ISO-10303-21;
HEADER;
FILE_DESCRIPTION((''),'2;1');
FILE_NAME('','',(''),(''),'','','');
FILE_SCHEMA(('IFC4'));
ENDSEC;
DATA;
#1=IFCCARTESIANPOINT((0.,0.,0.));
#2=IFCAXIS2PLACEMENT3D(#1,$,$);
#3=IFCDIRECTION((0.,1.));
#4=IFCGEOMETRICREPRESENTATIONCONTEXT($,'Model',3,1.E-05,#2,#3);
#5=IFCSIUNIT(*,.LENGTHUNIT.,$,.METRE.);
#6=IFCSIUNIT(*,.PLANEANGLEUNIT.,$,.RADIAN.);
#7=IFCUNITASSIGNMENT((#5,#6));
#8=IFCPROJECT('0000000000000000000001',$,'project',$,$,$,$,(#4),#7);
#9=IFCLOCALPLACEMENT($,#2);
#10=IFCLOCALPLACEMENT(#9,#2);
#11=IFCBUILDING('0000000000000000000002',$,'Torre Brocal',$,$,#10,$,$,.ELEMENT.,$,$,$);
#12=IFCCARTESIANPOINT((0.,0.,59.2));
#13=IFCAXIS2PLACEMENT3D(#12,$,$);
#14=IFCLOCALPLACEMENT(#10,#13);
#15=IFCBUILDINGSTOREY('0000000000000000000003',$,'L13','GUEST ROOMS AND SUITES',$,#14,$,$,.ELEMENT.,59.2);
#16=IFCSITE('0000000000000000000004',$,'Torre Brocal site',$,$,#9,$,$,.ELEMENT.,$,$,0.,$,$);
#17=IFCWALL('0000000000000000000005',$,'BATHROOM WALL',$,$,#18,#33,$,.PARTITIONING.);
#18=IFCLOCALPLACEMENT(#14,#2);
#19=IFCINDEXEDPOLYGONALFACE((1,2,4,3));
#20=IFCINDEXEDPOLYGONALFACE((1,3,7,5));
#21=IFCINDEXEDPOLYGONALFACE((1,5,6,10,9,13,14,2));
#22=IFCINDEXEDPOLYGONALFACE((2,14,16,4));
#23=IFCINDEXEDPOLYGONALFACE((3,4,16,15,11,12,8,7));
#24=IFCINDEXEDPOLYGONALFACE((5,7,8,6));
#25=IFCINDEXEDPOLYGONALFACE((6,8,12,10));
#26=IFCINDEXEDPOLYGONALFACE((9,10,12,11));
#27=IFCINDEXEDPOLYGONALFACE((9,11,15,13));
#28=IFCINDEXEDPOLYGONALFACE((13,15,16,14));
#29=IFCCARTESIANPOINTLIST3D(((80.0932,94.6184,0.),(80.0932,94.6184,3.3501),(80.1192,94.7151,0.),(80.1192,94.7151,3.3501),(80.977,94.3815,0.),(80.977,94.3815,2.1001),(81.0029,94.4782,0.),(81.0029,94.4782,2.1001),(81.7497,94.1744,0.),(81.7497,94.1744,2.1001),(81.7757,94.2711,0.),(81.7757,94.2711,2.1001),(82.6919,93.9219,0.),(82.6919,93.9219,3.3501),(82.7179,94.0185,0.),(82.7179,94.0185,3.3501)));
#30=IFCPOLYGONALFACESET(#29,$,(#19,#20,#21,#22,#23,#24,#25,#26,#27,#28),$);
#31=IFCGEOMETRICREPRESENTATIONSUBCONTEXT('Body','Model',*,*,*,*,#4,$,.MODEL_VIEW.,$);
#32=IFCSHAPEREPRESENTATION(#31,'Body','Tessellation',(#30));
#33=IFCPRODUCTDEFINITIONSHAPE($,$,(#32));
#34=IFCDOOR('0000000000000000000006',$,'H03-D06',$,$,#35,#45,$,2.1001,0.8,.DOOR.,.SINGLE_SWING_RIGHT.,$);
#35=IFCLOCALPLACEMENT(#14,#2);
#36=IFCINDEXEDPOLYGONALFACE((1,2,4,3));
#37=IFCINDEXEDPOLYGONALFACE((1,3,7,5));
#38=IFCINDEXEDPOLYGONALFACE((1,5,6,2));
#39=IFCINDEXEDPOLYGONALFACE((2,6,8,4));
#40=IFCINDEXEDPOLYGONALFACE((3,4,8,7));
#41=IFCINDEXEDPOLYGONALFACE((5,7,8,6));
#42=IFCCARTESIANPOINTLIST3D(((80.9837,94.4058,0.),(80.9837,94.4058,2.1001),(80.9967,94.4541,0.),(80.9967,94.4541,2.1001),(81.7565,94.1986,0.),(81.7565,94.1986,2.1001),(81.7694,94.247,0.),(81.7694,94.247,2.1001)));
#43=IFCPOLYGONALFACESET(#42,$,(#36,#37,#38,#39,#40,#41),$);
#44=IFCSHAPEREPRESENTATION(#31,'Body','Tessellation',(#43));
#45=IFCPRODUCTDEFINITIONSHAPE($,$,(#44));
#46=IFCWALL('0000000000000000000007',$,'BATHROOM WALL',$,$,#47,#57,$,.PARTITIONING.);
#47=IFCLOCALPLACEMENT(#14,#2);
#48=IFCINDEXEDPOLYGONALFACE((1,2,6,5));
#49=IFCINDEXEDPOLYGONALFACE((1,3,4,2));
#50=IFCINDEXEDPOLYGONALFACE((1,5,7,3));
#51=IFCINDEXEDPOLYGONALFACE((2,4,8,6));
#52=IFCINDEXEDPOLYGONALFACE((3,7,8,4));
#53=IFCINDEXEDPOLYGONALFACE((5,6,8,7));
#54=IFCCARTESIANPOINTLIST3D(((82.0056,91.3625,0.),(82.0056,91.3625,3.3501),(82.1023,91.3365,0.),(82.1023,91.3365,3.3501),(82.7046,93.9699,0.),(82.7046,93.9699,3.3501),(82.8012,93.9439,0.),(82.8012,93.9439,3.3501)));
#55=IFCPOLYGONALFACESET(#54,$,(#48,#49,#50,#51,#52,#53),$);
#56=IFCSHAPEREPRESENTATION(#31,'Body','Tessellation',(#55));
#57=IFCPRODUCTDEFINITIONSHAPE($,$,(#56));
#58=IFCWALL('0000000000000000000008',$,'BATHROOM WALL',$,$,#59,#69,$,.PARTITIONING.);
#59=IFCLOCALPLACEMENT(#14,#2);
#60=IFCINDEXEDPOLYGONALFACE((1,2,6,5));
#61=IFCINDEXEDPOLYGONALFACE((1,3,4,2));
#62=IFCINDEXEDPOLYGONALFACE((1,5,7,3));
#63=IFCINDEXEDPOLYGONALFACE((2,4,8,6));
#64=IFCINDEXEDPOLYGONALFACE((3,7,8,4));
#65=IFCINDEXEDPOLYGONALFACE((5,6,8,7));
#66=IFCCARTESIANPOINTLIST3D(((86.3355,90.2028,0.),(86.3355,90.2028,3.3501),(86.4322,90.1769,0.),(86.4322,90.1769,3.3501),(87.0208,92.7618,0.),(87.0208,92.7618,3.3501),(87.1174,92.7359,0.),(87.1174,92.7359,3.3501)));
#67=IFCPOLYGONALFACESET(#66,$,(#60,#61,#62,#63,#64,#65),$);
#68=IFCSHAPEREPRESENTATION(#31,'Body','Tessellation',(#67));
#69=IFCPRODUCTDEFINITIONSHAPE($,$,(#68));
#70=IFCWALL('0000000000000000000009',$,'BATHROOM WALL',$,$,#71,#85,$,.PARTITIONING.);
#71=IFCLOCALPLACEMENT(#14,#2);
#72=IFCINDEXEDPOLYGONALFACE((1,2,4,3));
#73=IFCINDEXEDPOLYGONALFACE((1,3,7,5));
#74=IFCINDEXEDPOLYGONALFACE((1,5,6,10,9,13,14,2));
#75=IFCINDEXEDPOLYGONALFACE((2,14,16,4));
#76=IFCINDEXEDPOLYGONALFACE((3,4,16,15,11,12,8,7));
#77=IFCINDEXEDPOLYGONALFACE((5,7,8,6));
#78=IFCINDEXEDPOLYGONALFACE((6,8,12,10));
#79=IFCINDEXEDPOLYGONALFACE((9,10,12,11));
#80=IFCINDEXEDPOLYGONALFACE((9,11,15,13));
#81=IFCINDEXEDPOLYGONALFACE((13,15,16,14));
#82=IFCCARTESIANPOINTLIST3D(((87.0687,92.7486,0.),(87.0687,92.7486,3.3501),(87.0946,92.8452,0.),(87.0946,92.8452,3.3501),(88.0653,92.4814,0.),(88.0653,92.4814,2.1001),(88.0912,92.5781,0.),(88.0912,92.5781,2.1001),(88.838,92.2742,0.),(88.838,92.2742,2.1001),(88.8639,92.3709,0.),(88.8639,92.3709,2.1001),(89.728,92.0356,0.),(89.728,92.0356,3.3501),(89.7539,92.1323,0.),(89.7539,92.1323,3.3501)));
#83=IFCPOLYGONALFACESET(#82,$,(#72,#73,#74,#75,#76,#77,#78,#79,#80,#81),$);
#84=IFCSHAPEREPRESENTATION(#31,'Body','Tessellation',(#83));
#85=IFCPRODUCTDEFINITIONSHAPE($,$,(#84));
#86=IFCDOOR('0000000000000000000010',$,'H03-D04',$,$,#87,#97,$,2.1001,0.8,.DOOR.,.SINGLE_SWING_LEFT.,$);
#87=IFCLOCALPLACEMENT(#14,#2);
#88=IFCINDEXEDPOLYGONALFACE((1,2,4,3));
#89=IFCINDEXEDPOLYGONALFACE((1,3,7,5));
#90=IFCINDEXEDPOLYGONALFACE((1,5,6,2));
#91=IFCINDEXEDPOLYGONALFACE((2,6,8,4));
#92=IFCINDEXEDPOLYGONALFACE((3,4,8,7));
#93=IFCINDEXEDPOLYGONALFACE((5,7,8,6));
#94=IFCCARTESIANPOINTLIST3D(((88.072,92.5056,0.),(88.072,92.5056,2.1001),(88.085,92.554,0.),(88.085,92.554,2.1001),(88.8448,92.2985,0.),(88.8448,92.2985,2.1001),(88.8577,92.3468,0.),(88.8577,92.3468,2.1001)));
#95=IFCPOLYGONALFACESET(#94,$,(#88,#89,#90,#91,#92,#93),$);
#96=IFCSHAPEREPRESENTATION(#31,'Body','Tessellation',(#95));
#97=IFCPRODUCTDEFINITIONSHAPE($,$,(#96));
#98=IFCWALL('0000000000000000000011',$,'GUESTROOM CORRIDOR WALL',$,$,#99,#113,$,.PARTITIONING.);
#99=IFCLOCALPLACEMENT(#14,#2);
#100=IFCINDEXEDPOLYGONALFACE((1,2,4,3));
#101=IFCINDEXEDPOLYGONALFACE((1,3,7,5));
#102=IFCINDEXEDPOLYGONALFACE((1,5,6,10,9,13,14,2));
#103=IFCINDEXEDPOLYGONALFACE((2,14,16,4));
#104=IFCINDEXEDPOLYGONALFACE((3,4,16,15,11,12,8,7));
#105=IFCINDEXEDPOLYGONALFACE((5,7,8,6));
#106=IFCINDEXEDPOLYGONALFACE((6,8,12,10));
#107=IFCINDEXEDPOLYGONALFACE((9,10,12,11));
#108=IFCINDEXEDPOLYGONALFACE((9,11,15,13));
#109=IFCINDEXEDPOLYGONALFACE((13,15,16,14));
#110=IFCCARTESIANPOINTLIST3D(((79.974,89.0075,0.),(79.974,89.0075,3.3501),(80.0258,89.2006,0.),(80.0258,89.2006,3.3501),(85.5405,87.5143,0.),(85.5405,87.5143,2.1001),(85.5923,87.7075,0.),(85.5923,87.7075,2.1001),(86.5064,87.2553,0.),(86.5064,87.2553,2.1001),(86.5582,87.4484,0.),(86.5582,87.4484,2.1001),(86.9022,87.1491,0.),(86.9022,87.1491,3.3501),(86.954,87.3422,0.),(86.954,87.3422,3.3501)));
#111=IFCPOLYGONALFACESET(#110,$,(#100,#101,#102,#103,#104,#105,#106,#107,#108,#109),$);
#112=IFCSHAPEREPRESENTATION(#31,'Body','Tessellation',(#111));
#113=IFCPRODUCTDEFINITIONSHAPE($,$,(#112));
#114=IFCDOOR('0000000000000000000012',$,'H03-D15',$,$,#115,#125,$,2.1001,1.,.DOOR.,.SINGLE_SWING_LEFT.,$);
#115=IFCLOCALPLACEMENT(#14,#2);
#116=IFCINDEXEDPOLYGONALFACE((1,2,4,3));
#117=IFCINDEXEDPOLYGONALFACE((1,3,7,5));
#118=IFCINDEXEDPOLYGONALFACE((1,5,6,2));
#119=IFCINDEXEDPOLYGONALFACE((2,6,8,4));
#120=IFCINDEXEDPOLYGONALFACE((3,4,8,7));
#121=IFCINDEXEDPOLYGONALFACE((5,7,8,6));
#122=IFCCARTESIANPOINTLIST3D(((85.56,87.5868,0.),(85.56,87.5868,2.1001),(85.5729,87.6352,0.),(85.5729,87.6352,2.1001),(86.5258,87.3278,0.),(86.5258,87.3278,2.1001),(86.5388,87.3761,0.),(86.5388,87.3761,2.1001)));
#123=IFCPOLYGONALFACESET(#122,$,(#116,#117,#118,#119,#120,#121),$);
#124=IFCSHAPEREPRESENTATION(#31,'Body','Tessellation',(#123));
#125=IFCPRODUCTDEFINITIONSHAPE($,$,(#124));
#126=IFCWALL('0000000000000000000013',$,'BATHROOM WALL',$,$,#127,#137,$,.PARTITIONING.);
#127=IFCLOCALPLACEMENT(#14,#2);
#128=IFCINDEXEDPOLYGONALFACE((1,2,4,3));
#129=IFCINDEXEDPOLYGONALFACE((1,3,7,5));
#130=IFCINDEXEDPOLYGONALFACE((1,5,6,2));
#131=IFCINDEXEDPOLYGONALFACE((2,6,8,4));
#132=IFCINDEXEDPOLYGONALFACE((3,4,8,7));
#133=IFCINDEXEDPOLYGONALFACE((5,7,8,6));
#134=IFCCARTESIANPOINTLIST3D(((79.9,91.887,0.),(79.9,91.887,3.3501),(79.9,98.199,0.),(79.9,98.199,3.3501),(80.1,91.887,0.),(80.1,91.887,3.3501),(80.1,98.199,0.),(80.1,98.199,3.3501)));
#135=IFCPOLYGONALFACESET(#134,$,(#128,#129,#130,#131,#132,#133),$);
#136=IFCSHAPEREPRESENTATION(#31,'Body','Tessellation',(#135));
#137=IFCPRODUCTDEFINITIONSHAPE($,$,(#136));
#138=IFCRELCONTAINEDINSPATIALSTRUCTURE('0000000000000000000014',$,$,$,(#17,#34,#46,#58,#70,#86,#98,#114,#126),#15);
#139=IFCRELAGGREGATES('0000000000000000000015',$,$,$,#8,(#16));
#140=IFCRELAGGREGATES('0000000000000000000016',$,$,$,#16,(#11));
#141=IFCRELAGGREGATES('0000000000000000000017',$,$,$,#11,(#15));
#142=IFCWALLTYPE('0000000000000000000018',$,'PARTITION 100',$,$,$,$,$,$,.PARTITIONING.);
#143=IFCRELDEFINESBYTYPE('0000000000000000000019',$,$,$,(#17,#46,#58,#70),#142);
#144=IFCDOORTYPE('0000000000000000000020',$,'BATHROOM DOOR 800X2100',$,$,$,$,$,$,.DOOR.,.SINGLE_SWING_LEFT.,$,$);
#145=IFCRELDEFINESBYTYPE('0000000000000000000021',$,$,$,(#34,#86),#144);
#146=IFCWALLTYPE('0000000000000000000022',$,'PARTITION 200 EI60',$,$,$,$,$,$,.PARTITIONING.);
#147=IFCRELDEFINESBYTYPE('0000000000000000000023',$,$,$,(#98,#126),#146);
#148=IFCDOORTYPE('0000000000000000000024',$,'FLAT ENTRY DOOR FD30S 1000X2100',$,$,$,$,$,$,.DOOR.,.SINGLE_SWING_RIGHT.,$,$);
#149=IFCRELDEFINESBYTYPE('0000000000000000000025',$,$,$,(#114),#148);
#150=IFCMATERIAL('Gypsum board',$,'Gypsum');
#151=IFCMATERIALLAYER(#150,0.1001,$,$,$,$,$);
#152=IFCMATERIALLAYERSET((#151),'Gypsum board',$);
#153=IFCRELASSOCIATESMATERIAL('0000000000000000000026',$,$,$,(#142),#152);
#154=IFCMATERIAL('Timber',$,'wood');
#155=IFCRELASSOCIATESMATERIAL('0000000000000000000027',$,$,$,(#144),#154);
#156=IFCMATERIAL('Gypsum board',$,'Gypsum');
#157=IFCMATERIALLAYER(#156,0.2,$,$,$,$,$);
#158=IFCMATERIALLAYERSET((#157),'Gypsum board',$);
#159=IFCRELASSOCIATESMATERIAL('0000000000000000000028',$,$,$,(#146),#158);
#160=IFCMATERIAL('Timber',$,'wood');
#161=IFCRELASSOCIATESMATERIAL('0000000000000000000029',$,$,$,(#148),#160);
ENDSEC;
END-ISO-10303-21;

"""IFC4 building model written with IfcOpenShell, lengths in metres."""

from ifc_helpers import new_model, si_unit, direction, frame, frame_2d, origin, place, context, subcontext, project, spatial, rectangle, extrude, material, layer, layer_set, type_object, element, fill, save


model = new_model("IFC4")

# Units and contexts
model_context = context("Model", 3, precision=1e-05, world=origin(), true_north=direction((0.0, 1.0)))
body_context = subcontext(model_context, "Body", "Model", "MODEL_VIEW")
ifc_project = project(units=[si_unit("LENGTHUNIT", "METRE"), si_unit("PLANEANGLEUNIT", "RADIAN")], contexts=[model_context])

# Site, building, storey
site_placement = place(None, origin())
site = spatial("IfcSite", under=ifc_project, at=site_placement, Name="Torre Brocal site", CompositionType="ELEMENT", RefElevation=0.0)
building_placement = place(site_placement, origin())
building = spatial("IfcBuilding", under=site, at=building_placement, Name="Torre Brocal", CompositionType="ELEMENT")
storey_placement = place(building_placement, frame((0.0, 0.0, 59.2)))
storey = spatial("IfcBuildingStorey", under=building, at=storey_placement, Name="L13", Description="GUEST ROOMS AND SUITES", CompositionType="ELEMENT", Elevation=59.2)

# Wall, opening, door
ifc_material_1 = material(Name="Gypsum board", Category="Gypsum")
ifc_layer_1 = layer(ifc_material_1, 0.1001)
ifc_layer_set_1 = layer_set([ifc_layer_1], Name="Gypsum board")
wall_type_1 = type_object("IfcWallType", Name="PARTITION 100", PredefinedType="PARTITIONING", material=ifc_layer_set_1)
wall_1_placement = place(storey_placement, frame((80.1062, 94.6667, 0.0), z_axis=(0.0, 0.0, 1.0), x_axis=(0.965904, -0.258899, 0.0)))
wall_1 = element("IfcWall", 1, at=wall_1_placement, inside=storey, type_object=wall_type_1, Name="BATHROOM WALL", PredefinedType="PARTITIONING", context=body_context, shape_type="SweptSolid", body=[
    extrude(rectangle(XDim=2.6904, YDim=0.1001, at=frame_2d((1.3452, 0.0))), origin(), (0.0, 0.0, 1.0), 3.3501),
])
opening_1_placement = place(wall_1_placement, frame((0.915, 0.0, 0.0)))
opening_1 = element("IfcOpeningElement", 2, at=opening_1_placement, cuts=wall_1, PredefinedType="OPENING", context=body_context, shape_type="SweptSolid", body=[
    extrude(rectangle(XDim=0.8, YDim=2.1001, at=frame_2d((0.3999, 1.05))), frame((0.0, 0.0601, 0.0), z_axis=(0.0, -1.0, 0.0), x_axis=(1.0, 0.0, 0.0)), (0.0, 0.0, 1.0), 0.1201),
])
ifc_material_2 = material(Name="Timber", Category="wood")
door_type_1 = type_object("IfcDoorType", Name="BATHROOM DOOR 800X2100", OperationType="SINGLE_SWING_LEFT", PredefinedType="DOOR", material=ifc_material_2)
door_1_placement = place(opening_1_placement, frame((0.8, 0.0, 0.0), z_axis=(0.0, 0.0, 1.0), x_axis=(-1.0, 0.0, 0.0)))
door_1 = element("IfcDoor", 3, at=door_1_placement, inside=storey, type_object=door_type_1, Name="H03-D06", OperationType="SINGLE_SWING_RIGHT", OverallHeight=2.1001, OverallWidth=0.8, PredefinedType="DOOR", context=body_context, shape_type="SweptSolid", body=[
    extrude(rectangle(XDim=0.8, YDim=2.1001, at=frame_2d((0.3999, 1.05))), frame((0.0, 0.0249, 0.0), z_axis=(0.0, -1.0, 0.0), x_axis=(1.0, 0.0, 0.0)), (0.0, 0.0, 1.0), 0.05),
])
fill(opening_1, door_1)

# Walls
wall_2_placement = place(storey_placement, frame((82.054, 91.3496, 0.0), z_axis=(0.0, 0.0, 1.0), x_axis=(0.258929, 0.965896, 0.0)))
element("IfcWall", 4, at=wall_2_placement, inside=storey, type_object=wall_type_1, Name="BATHROOM WALL", PredefinedType="PARTITIONING", context=body_context, shape_type="SweptSolid", body=[
    extrude(rectangle(XDim=2.6995, YDim=0.1001, at=frame_2d((1.3496, 0.0))), origin(), (0.0, 0.0, 1.0), 3.3501),
])
wall_3_placement = place(storey_placement, frame((86.3838, 90.1897, 0.0), z_axis=(0.0, 0.0, 1.0), x_axis=(0.258678, 0.965964, 0.0)))
element("IfcWall", 5, at=wall_3_placement, inside=storey, type_object=wall_type_1, Name="BATHROOM WALL", PredefinedType="PARTITIONING", context=body_context, shape_type="SweptSolid", body=[
    extrude(rectangle(XDim=2.6492, YDim=0.1001, at=frame_2d((1.3247, 0.0))), origin(), (0.0, 0.0, 1.0), 3.3501),
])

# Walls, openings, doors
wall_4_placement = place(storey_placement, frame((87.0818, 92.7969, 0.0), z_axis=(0.0, 0.0, 1.0), x_axis=(0.965893, -0.258943, 0.0)))
wall_4 = element("IfcWall", 6, at=wall_4_placement, inside=storey, type_object=wall_type_1, Name="BATHROOM WALL", PredefinedType="PARTITIONING", context=body_context, shape_type="SweptSolid", body=[
    extrude(rectangle(XDim=2.7532, YDim=0.1001, at=frame_2d((1.3765, 0.0))), origin(), (0.0, 0.0, 1.0), 3.3501),
])
opening_2_placement = place(wall_4_placement, frame((1.0317, 0.0, 0.0)))
opening_2 = element("IfcOpeningElement", 7, at=opening_2_placement, cuts=wall_4, PredefinedType="OPENING", context=body_context, shape_type="SweptSolid", body=[
    extrude(rectangle(XDim=0.8, YDim=2.1001, at=frame_2d((0.3999, 1.05))), frame((0.0, 0.0601, 0.0), z_axis=(0.0, -1.0, 0.0), x_axis=(1.0, 0.0, 0.0)), (0.0, 0.0, 1.0), 0.1201),
])
door_2_placement = place(opening_2_placement, frame((0.8, 0.0, 0.0), z_axis=(0.0, 0.0, 1.0), x_axis=(-1.0, 0.0, 0.0)))
door_2 = element("IfcDoor", 8, at=door_2_placement, inside=storey, type_object=door_type_1, Name="H03-D04", OperationType="SINGLE_SWING_LEFT", OverallHeight=2.1001, OverallWidth=0.8, PredefinedType="DOOR", context=body_context, shape_type="SweptSolid", body=[
    extrude(rectangle(XDim=0.8, YDim=2.1001, at=frame_2d((0.3999, 1.05))), frame((0.0, 0.0249, 0.0), z_axis=(0.0, -1.0, 0.0), x_axis=(1.0, 0.0, 0.0)), (0.0, 0.0, 1.0), 0.05),
])
fill(opening_2, door_2)
ifc_material_3 = material(Name="Gypsum board", Category="Gypsum")
ifc_layer_2 = layer(ifc_material_3, 0.2)
ifc_layer_set_2 = layer_set([ifc_layer_2], Name="Gypsum board")
wall_type_2 = type_object("IfcWallType", Name="PARTITION 200 EI60", PredefinedType="PARTITIONING", material=ifc_layer_set_2)
wall_5_placement = place(storey_placement, frame((80.0, 89.104, 0.0), z_axis=(0.0, 0.0, 1.0), x_axis=(0.965857, -0.259077, 0.0)))
wall_5 = element("IfcWall", 9, at=wall_5_placement, inside=storey, type_object=wall_type_2, Name="GUESTROOM CORRIDOR WALL", PredefinedType="PARTITIONING", context=body_context, shape_type="SweptSolid", body=[
    extrude(rectangle(XDim=7.1731, YDim=0.2, at=frame_2d((3.5864, 0.0))), origin(), (0.0, 0.0, 1.0), 3.3501),
])
opening_3_placement = place(wall_5_placement, frame((5.7632, 0.0, 0.0)))
opening_3 = element("IfcOpeningElement", 10, at=opening_3_placement, cuts=wall_5, PredefinedType="OPENING", context=body_context, shape_type="SweptSolid", body=[
    extrude(rectangle(XDim=1.0, YDim=2.1001, at=frame_2d((0.5, 1.05))), frame((0.0, 0.1099, 0.0), z_axis=(0.0, -1.0, 0.0), x_axis=(1.0, 0.0, 0.0)), (0.0, 0.0, 1.0), 0.22),
])
ifc_material_4 = material(Name="Timber", Category="wood")
door_type_2 = type_object("IfcDoorType", Name="FLAT ENTRY DOOR FD30S 1000X2100", OperationType="SINGLE_SWING_RIGHT", PredefinedType="DOOR", material=ifc_material_4)
door_3_placement = place(opening_3_placement, frame((1.0, 0.0, 0.0), z_axis=(0.0, 0.0, 1.0), x_axis=(-1.0, 0.0, 0.0)))
door_3 = element("IfcDoor", 11, at=door_3_placement, inside=storey, type_object=door_type_2, Name="H03-D15", OperationType="SINGLE_SWING_LEFT", OverallHeight=2.1001, OverallWidth=1.0, PredefinedType="DOOR", context=body_context, shape_type="SweptSolid", body=[
    extrude(rectangle(XDim=1.0, YDim=2.1001, at=frame_2d((0.5, 1.05))), frame((0.0, 0.0249, 0.0), z_axis=(0.0, -1.0, 0.0), x_axis=(1.0, 0.0, 0.0)), (0.0, 0.0, 1.0), 0.05),
])
fill(opening_3, door_3)

# Wall
wall_6_placement = place(storey_placement, frame((80.0, 91.887, 0.0), z_axis=(0.0, 0.0, 1.0), x_axis=(0.0, 1.0, 0.0)))
element("IfcWall", 12, at=wall_6_placement, inside=storey, type_object=wall_type_2, Name="BATHROOM WALL", PredefinedType="PARTITIONING", context=body_context, shape_type="SweptSolid", body=[
    extrude(rectangle(XDim=6.312, YDim=0.2, at=frame_2d((3.156, 0.0))), origin(), (0.0, 0.0, 1.0), 3.3501),
])

save(model, "model.ifc")
